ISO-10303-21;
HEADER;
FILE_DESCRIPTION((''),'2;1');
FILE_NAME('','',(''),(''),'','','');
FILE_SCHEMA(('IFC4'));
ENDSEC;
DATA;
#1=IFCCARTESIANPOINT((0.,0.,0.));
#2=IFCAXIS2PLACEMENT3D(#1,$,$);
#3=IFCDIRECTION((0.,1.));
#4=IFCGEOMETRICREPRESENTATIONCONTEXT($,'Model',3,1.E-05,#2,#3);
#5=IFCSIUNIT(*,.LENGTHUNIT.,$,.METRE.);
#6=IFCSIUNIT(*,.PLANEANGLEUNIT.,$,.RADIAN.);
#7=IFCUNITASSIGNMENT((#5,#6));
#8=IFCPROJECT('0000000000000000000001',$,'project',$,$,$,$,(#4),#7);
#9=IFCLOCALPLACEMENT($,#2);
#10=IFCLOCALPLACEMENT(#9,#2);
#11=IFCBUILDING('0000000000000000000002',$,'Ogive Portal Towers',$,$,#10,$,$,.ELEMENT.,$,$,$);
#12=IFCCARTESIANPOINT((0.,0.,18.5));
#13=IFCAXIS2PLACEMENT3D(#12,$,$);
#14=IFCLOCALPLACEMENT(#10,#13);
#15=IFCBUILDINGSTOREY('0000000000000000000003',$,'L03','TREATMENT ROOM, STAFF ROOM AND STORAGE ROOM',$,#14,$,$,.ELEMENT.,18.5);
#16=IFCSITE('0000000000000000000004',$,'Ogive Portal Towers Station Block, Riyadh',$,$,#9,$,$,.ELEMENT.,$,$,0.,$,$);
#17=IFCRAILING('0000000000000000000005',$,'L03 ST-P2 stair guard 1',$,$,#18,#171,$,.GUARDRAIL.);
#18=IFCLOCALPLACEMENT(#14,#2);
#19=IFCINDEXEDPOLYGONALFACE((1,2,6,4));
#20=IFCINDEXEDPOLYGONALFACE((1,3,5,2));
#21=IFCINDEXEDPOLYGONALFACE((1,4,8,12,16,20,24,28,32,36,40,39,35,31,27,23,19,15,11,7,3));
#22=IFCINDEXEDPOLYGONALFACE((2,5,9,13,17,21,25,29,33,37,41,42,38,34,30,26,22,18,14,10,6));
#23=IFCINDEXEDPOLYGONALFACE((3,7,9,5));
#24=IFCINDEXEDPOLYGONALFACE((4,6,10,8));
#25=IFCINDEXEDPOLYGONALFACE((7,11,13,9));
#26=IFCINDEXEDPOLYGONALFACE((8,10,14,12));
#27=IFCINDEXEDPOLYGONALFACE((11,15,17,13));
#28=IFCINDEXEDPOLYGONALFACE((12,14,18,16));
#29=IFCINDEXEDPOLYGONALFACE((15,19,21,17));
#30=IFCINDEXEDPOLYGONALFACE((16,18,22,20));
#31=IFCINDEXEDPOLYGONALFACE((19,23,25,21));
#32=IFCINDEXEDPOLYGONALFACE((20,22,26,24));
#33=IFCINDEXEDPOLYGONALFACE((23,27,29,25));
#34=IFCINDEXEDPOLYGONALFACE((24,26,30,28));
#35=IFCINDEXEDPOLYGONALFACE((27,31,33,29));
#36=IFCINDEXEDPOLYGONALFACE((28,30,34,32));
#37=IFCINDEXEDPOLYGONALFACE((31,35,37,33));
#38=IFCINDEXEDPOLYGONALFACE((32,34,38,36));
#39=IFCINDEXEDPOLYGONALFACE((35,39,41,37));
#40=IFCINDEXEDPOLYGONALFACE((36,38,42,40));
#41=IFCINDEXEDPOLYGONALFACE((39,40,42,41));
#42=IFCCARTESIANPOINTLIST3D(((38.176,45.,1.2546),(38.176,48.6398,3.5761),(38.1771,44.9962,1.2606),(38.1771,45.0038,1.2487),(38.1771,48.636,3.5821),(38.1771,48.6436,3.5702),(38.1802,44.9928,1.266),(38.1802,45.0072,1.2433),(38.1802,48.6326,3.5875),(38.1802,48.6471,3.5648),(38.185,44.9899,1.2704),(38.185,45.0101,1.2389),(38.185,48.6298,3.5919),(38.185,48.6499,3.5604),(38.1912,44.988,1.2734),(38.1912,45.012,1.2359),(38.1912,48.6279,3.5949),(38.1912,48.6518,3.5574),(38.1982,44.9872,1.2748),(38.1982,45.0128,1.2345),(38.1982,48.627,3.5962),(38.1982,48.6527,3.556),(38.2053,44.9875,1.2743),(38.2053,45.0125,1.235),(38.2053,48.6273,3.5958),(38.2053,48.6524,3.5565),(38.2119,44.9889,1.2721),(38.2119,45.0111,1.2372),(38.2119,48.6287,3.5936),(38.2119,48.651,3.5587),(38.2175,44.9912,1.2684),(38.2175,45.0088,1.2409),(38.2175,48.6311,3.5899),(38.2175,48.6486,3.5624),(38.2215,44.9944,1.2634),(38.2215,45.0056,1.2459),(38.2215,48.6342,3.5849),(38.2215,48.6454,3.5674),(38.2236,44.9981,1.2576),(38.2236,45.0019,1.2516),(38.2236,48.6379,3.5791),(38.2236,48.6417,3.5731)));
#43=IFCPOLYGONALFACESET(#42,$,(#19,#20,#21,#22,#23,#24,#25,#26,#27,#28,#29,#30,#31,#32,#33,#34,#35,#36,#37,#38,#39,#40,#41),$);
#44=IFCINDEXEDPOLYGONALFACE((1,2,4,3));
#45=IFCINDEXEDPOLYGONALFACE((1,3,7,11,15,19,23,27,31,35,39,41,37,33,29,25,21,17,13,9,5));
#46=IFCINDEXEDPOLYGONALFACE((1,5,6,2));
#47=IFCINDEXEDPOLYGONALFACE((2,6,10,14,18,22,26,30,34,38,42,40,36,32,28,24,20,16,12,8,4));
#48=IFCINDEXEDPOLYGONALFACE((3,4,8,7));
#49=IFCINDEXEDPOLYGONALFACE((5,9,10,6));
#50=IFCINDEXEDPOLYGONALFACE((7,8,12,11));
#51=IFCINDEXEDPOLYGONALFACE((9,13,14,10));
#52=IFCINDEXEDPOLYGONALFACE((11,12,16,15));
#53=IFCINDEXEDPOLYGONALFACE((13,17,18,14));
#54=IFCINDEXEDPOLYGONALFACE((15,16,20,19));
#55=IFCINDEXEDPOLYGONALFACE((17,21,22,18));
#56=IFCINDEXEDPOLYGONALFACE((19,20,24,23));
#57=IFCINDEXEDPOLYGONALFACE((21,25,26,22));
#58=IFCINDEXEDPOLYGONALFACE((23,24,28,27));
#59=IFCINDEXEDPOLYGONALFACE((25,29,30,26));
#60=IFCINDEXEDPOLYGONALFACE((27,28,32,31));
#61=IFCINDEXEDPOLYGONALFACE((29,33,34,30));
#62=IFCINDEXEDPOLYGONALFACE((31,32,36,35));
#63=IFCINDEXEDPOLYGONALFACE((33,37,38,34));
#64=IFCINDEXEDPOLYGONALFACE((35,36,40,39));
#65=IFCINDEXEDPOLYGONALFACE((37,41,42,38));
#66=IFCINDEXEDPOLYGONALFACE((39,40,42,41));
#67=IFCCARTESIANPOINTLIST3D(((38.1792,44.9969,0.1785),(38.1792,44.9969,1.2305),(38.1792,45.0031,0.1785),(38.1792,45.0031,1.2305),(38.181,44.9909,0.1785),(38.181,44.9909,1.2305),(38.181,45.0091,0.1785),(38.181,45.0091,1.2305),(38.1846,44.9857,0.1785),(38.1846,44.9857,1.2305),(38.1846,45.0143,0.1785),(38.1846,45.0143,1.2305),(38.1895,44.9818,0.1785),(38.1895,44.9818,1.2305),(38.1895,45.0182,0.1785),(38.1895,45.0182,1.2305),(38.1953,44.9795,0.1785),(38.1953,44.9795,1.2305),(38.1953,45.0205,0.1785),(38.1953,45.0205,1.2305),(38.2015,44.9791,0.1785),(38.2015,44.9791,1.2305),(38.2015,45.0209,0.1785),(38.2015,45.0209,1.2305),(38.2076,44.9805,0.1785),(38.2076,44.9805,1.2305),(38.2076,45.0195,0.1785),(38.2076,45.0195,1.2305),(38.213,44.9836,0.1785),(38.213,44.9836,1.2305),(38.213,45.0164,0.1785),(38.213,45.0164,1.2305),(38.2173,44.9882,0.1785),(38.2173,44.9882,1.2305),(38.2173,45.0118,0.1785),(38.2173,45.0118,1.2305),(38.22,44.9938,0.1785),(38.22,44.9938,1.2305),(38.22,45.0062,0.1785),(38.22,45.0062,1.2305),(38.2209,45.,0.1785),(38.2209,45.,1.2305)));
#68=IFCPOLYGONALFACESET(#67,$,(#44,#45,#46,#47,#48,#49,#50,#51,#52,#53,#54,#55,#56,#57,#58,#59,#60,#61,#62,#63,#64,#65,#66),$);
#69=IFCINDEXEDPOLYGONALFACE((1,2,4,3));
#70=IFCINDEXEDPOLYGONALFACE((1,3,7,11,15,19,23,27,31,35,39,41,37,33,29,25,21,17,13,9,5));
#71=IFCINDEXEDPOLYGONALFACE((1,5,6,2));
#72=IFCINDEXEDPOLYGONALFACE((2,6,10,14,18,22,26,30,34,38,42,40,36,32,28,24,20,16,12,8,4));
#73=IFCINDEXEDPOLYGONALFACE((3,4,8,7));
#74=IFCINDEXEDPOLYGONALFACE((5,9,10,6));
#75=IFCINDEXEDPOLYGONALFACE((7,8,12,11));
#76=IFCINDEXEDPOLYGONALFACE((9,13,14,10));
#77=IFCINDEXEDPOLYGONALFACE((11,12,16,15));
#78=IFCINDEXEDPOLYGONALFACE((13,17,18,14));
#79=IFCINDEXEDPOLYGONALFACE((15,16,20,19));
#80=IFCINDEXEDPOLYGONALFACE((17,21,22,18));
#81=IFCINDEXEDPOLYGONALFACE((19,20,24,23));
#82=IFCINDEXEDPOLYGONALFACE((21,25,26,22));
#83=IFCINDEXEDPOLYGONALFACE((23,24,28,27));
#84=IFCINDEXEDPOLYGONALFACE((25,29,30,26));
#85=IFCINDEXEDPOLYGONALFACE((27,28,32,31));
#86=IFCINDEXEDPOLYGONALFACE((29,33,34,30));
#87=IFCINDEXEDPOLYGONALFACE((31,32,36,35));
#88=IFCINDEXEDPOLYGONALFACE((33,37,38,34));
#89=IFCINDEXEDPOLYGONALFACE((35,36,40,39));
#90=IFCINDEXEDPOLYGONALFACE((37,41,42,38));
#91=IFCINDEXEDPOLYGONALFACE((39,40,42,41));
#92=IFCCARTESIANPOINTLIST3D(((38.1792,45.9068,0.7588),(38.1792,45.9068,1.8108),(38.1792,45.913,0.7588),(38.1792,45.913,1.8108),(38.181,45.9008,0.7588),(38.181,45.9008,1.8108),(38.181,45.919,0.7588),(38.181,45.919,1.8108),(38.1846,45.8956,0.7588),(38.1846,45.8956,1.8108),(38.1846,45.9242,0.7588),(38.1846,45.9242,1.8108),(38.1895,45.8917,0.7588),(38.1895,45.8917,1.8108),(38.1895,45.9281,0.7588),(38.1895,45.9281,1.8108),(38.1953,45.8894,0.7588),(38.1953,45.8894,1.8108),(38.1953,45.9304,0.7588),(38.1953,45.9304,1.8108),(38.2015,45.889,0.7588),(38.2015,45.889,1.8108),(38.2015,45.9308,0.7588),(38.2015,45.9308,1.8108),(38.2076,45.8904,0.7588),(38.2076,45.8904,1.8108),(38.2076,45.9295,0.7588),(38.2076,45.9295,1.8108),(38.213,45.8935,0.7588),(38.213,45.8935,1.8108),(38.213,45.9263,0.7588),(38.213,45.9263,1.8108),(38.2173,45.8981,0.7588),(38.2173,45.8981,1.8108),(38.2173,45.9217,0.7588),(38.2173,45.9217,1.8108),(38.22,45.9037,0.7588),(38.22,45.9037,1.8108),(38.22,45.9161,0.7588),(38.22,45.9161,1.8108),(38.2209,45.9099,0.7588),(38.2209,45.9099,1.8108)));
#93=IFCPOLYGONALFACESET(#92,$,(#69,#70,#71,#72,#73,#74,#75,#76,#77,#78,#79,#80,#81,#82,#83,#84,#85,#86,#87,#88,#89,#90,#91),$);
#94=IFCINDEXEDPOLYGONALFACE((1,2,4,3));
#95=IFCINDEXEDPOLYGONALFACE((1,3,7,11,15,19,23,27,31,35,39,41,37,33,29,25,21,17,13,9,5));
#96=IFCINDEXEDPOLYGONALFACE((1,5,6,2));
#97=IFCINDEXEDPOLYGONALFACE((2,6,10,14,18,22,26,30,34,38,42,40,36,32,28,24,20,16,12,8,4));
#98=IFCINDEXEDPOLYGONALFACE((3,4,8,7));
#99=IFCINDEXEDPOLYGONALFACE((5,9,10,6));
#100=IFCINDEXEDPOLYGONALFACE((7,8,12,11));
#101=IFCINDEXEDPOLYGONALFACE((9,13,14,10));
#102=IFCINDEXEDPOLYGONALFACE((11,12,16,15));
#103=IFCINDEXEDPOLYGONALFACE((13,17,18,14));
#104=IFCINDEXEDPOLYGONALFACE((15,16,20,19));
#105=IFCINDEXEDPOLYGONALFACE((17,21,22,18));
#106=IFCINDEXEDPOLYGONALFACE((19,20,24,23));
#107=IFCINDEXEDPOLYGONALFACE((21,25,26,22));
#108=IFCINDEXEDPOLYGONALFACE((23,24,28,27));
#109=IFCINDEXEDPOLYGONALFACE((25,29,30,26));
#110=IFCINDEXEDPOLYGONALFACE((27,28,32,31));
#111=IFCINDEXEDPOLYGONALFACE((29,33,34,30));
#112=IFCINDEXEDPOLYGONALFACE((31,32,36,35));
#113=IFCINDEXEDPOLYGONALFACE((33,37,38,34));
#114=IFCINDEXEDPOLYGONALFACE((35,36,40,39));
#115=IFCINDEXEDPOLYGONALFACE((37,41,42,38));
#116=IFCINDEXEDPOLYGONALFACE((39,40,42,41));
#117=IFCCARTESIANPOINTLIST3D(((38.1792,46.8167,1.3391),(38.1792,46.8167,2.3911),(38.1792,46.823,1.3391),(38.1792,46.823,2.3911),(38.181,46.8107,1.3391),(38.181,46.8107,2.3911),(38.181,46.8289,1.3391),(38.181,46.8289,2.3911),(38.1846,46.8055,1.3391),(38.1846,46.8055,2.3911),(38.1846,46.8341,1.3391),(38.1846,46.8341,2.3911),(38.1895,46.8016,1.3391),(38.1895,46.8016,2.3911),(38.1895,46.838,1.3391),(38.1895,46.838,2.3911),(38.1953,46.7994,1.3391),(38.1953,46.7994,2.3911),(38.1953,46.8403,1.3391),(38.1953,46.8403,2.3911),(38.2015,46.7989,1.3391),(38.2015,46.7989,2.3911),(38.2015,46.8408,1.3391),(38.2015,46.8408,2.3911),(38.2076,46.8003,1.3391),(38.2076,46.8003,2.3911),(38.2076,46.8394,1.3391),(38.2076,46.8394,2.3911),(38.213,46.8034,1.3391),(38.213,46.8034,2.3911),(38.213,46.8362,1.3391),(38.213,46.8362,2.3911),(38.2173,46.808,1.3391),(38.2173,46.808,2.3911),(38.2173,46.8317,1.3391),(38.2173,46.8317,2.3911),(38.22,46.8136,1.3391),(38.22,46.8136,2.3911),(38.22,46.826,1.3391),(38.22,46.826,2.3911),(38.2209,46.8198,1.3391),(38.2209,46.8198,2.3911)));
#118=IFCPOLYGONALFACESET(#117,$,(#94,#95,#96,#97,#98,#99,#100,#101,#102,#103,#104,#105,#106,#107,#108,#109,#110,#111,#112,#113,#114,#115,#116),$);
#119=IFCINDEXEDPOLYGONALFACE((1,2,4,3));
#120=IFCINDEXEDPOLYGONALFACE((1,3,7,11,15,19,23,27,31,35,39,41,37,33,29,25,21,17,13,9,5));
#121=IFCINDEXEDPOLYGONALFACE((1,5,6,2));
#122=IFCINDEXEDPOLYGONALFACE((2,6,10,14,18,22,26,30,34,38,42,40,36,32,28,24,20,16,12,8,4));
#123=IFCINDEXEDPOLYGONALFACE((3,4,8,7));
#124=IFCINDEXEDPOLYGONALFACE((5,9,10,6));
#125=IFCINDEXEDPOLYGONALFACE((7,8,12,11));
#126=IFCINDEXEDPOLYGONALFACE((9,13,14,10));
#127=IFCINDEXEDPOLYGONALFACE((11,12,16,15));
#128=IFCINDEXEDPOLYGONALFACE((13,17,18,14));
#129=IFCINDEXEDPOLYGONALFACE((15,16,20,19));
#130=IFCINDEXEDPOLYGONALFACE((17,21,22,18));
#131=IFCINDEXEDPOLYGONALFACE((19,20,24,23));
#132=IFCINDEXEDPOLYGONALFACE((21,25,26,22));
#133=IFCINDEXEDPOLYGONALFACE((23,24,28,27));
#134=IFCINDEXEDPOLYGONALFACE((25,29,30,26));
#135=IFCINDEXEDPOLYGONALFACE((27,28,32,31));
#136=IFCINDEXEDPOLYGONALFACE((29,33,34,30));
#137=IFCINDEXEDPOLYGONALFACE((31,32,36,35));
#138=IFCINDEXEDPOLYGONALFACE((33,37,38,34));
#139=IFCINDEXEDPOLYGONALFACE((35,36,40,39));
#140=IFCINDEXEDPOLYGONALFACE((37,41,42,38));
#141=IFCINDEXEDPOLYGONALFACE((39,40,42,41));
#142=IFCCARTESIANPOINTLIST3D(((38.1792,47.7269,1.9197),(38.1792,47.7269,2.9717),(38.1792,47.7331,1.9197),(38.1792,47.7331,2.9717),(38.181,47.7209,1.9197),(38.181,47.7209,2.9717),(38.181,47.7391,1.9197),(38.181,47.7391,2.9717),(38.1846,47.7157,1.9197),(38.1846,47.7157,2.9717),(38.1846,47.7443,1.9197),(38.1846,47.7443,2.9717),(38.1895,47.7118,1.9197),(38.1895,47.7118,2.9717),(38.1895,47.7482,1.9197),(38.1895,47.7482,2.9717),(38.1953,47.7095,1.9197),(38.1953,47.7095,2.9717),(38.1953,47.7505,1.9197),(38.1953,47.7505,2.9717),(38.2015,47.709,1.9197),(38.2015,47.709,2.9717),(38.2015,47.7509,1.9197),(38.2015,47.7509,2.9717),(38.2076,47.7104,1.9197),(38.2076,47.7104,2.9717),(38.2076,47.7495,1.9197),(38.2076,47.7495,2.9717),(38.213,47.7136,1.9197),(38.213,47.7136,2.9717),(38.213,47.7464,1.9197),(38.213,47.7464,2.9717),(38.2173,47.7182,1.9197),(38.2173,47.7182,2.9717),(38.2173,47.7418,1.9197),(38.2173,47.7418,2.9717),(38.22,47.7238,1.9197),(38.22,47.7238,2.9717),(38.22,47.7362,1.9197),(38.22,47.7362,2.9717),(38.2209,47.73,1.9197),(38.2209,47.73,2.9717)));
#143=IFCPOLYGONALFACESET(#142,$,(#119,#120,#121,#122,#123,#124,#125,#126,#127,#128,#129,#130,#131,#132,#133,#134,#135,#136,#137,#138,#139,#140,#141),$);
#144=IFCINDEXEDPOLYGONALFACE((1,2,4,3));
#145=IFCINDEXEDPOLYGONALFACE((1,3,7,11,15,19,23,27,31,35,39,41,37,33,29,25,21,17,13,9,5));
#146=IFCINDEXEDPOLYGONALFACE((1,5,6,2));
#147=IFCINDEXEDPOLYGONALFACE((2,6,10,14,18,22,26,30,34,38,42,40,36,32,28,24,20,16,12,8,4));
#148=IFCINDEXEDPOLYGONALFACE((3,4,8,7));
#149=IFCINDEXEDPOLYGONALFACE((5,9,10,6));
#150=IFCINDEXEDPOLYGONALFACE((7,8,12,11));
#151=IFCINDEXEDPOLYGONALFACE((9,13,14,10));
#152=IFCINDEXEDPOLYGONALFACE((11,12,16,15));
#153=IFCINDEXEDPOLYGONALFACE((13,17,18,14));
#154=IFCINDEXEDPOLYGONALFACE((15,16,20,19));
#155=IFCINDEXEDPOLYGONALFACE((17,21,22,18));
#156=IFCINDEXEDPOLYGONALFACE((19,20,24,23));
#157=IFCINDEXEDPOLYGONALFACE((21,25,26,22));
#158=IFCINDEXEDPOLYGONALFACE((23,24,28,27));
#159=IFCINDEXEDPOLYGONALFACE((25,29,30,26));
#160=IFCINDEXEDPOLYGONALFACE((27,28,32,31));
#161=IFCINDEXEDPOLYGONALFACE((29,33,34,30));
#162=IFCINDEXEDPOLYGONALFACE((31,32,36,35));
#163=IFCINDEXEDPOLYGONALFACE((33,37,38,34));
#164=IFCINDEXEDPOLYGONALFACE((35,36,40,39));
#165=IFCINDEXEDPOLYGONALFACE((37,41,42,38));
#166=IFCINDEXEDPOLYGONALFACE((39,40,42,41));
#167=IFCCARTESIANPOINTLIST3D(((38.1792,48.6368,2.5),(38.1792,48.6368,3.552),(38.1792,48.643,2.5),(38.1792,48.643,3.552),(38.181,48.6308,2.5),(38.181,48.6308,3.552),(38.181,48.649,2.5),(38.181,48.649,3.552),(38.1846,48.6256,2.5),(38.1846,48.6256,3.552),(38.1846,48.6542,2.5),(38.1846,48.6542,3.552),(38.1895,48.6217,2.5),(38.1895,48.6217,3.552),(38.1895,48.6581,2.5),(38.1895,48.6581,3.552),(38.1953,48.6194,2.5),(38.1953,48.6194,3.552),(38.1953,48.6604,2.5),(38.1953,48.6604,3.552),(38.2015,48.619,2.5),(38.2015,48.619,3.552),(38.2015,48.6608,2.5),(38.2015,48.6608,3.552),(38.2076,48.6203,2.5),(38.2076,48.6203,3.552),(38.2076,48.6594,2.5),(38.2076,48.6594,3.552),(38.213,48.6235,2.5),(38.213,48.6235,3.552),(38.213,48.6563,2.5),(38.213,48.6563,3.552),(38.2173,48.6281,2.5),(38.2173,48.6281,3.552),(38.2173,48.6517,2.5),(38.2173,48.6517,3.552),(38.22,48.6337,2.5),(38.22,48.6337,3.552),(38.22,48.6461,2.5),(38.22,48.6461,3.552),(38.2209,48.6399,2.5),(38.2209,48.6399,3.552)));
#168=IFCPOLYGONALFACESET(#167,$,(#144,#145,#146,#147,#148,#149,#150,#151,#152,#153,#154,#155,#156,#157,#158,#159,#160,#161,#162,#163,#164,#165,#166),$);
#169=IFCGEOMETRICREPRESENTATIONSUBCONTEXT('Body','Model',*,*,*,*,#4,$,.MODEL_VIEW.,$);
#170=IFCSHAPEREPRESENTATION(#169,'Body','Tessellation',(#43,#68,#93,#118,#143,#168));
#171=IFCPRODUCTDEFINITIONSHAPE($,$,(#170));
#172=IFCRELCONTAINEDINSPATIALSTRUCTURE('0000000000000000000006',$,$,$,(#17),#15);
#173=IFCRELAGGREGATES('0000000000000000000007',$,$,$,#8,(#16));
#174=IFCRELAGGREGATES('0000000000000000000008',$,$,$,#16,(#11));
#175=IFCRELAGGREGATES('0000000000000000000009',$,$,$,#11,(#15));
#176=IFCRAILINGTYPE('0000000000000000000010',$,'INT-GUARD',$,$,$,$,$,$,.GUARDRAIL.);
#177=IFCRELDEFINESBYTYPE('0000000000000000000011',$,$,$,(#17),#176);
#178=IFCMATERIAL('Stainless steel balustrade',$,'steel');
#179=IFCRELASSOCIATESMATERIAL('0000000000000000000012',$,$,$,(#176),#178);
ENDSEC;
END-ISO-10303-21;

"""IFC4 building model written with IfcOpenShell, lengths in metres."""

from ifc_helpers import new_model, si_unit, direction, frame, origin, origin_2d, place, context, subcontext, project, spatial, circle, extrude, material, type_object, element, save


model = new_model("IFC4")

# Units and contexts
model_context = context("Model", 3, precision=1e-05, world=origin(), true_north=direction((0.0, 1.0)))
body_context = subcontext(model_context, "Body", "Model", "MODEL_VIEW")
ifc_project = project(units=[si_unit("LENGTHUNIT", "METRE"), si_unit("PLANEANGLEUNIT", "RADIAN")], contexts=[model_context])

# Site, building, storey
site_placement = place(None, origin())
site = spatial("IfcSite", under=ifc_project, at=site_placement, Name="Ogive Portal Towers Station Block, Riyadh", CompositionType="ELEMENT", RefElevation=0.0)
building_placement = place(site_placement, origin())
building = spatial("IfcBuilding", under=site, at=building_placement, Name="Ogive Portal Towers", CompositionType="ELEMENT")
storey_placement = place(building_placement, frame((0.0, 0.0, 18.5)))
storey = spatial("IfcBuildingStorey", under=building, at=storey_placement, Name="L03", Description="TREATMENT ROOM, STAFF ROOM AND STORAGE ROOM", CompositionType="ELEMENT", Elevation=18.5)

# Railing
ifc_material_1 = material(Name="Stainless steel balustrade", Category="steel")
railing_type_1 = type_object("IfcRailingType", Name="INT-GUARD", PredefinedType="GUARDRAIL", material=ifc_material_1)
railing_1_placement = place(storey_placement, frame((38.2, 45.0, 0.1785)))
element("IfcRailing", 1, at=railing_1_placement, inside=storey, type_object=railing_type_1, Name="L03 ST-P2 stair guard 1", PredefinedType="GUARDRAIL", context=body_context, shape_type="SweptSolid", body=[
    extrude(circle(Radius=0.0239, at=origin_2d()), frame((0.0, 0.0, 1.0762), z_axis=(0.0, 0.843112, 0.537739), x_axis=(-1.0, 0.0, 0.0)), (0.0, 0.0, 1.0), 4.3171),
    extrude(circle(Radius=0.021, at=origin_2d()), origin(), (0.0, 0.0, 1.0), 1.052),
    extrude(circle(Radius=0.021, at=origin_2d()), frame((0.0, 0.9099, 0.5803)), (0.0, 0.0, 1.0), 1.052),
    extrude(circle(Radius=0.021, at=origin_2d()), frame((0.0, 1.8198, 1.1606)), (0.0, 0.0, 1.0), 1.052),
    extrude(circle(Radius=0.021, at=origin_2d()), frame((0.0, 2.73, 1.7412)), (0.0, 0.0, 1.0), 1.052),
    extrude(circle(Radius=0.021, at=origin_2d()), frame((0.0, 3.6399, 2.3215)), (0.0, 0.0, 1.0), 1.052),
])

save(model, "model.ifc")
